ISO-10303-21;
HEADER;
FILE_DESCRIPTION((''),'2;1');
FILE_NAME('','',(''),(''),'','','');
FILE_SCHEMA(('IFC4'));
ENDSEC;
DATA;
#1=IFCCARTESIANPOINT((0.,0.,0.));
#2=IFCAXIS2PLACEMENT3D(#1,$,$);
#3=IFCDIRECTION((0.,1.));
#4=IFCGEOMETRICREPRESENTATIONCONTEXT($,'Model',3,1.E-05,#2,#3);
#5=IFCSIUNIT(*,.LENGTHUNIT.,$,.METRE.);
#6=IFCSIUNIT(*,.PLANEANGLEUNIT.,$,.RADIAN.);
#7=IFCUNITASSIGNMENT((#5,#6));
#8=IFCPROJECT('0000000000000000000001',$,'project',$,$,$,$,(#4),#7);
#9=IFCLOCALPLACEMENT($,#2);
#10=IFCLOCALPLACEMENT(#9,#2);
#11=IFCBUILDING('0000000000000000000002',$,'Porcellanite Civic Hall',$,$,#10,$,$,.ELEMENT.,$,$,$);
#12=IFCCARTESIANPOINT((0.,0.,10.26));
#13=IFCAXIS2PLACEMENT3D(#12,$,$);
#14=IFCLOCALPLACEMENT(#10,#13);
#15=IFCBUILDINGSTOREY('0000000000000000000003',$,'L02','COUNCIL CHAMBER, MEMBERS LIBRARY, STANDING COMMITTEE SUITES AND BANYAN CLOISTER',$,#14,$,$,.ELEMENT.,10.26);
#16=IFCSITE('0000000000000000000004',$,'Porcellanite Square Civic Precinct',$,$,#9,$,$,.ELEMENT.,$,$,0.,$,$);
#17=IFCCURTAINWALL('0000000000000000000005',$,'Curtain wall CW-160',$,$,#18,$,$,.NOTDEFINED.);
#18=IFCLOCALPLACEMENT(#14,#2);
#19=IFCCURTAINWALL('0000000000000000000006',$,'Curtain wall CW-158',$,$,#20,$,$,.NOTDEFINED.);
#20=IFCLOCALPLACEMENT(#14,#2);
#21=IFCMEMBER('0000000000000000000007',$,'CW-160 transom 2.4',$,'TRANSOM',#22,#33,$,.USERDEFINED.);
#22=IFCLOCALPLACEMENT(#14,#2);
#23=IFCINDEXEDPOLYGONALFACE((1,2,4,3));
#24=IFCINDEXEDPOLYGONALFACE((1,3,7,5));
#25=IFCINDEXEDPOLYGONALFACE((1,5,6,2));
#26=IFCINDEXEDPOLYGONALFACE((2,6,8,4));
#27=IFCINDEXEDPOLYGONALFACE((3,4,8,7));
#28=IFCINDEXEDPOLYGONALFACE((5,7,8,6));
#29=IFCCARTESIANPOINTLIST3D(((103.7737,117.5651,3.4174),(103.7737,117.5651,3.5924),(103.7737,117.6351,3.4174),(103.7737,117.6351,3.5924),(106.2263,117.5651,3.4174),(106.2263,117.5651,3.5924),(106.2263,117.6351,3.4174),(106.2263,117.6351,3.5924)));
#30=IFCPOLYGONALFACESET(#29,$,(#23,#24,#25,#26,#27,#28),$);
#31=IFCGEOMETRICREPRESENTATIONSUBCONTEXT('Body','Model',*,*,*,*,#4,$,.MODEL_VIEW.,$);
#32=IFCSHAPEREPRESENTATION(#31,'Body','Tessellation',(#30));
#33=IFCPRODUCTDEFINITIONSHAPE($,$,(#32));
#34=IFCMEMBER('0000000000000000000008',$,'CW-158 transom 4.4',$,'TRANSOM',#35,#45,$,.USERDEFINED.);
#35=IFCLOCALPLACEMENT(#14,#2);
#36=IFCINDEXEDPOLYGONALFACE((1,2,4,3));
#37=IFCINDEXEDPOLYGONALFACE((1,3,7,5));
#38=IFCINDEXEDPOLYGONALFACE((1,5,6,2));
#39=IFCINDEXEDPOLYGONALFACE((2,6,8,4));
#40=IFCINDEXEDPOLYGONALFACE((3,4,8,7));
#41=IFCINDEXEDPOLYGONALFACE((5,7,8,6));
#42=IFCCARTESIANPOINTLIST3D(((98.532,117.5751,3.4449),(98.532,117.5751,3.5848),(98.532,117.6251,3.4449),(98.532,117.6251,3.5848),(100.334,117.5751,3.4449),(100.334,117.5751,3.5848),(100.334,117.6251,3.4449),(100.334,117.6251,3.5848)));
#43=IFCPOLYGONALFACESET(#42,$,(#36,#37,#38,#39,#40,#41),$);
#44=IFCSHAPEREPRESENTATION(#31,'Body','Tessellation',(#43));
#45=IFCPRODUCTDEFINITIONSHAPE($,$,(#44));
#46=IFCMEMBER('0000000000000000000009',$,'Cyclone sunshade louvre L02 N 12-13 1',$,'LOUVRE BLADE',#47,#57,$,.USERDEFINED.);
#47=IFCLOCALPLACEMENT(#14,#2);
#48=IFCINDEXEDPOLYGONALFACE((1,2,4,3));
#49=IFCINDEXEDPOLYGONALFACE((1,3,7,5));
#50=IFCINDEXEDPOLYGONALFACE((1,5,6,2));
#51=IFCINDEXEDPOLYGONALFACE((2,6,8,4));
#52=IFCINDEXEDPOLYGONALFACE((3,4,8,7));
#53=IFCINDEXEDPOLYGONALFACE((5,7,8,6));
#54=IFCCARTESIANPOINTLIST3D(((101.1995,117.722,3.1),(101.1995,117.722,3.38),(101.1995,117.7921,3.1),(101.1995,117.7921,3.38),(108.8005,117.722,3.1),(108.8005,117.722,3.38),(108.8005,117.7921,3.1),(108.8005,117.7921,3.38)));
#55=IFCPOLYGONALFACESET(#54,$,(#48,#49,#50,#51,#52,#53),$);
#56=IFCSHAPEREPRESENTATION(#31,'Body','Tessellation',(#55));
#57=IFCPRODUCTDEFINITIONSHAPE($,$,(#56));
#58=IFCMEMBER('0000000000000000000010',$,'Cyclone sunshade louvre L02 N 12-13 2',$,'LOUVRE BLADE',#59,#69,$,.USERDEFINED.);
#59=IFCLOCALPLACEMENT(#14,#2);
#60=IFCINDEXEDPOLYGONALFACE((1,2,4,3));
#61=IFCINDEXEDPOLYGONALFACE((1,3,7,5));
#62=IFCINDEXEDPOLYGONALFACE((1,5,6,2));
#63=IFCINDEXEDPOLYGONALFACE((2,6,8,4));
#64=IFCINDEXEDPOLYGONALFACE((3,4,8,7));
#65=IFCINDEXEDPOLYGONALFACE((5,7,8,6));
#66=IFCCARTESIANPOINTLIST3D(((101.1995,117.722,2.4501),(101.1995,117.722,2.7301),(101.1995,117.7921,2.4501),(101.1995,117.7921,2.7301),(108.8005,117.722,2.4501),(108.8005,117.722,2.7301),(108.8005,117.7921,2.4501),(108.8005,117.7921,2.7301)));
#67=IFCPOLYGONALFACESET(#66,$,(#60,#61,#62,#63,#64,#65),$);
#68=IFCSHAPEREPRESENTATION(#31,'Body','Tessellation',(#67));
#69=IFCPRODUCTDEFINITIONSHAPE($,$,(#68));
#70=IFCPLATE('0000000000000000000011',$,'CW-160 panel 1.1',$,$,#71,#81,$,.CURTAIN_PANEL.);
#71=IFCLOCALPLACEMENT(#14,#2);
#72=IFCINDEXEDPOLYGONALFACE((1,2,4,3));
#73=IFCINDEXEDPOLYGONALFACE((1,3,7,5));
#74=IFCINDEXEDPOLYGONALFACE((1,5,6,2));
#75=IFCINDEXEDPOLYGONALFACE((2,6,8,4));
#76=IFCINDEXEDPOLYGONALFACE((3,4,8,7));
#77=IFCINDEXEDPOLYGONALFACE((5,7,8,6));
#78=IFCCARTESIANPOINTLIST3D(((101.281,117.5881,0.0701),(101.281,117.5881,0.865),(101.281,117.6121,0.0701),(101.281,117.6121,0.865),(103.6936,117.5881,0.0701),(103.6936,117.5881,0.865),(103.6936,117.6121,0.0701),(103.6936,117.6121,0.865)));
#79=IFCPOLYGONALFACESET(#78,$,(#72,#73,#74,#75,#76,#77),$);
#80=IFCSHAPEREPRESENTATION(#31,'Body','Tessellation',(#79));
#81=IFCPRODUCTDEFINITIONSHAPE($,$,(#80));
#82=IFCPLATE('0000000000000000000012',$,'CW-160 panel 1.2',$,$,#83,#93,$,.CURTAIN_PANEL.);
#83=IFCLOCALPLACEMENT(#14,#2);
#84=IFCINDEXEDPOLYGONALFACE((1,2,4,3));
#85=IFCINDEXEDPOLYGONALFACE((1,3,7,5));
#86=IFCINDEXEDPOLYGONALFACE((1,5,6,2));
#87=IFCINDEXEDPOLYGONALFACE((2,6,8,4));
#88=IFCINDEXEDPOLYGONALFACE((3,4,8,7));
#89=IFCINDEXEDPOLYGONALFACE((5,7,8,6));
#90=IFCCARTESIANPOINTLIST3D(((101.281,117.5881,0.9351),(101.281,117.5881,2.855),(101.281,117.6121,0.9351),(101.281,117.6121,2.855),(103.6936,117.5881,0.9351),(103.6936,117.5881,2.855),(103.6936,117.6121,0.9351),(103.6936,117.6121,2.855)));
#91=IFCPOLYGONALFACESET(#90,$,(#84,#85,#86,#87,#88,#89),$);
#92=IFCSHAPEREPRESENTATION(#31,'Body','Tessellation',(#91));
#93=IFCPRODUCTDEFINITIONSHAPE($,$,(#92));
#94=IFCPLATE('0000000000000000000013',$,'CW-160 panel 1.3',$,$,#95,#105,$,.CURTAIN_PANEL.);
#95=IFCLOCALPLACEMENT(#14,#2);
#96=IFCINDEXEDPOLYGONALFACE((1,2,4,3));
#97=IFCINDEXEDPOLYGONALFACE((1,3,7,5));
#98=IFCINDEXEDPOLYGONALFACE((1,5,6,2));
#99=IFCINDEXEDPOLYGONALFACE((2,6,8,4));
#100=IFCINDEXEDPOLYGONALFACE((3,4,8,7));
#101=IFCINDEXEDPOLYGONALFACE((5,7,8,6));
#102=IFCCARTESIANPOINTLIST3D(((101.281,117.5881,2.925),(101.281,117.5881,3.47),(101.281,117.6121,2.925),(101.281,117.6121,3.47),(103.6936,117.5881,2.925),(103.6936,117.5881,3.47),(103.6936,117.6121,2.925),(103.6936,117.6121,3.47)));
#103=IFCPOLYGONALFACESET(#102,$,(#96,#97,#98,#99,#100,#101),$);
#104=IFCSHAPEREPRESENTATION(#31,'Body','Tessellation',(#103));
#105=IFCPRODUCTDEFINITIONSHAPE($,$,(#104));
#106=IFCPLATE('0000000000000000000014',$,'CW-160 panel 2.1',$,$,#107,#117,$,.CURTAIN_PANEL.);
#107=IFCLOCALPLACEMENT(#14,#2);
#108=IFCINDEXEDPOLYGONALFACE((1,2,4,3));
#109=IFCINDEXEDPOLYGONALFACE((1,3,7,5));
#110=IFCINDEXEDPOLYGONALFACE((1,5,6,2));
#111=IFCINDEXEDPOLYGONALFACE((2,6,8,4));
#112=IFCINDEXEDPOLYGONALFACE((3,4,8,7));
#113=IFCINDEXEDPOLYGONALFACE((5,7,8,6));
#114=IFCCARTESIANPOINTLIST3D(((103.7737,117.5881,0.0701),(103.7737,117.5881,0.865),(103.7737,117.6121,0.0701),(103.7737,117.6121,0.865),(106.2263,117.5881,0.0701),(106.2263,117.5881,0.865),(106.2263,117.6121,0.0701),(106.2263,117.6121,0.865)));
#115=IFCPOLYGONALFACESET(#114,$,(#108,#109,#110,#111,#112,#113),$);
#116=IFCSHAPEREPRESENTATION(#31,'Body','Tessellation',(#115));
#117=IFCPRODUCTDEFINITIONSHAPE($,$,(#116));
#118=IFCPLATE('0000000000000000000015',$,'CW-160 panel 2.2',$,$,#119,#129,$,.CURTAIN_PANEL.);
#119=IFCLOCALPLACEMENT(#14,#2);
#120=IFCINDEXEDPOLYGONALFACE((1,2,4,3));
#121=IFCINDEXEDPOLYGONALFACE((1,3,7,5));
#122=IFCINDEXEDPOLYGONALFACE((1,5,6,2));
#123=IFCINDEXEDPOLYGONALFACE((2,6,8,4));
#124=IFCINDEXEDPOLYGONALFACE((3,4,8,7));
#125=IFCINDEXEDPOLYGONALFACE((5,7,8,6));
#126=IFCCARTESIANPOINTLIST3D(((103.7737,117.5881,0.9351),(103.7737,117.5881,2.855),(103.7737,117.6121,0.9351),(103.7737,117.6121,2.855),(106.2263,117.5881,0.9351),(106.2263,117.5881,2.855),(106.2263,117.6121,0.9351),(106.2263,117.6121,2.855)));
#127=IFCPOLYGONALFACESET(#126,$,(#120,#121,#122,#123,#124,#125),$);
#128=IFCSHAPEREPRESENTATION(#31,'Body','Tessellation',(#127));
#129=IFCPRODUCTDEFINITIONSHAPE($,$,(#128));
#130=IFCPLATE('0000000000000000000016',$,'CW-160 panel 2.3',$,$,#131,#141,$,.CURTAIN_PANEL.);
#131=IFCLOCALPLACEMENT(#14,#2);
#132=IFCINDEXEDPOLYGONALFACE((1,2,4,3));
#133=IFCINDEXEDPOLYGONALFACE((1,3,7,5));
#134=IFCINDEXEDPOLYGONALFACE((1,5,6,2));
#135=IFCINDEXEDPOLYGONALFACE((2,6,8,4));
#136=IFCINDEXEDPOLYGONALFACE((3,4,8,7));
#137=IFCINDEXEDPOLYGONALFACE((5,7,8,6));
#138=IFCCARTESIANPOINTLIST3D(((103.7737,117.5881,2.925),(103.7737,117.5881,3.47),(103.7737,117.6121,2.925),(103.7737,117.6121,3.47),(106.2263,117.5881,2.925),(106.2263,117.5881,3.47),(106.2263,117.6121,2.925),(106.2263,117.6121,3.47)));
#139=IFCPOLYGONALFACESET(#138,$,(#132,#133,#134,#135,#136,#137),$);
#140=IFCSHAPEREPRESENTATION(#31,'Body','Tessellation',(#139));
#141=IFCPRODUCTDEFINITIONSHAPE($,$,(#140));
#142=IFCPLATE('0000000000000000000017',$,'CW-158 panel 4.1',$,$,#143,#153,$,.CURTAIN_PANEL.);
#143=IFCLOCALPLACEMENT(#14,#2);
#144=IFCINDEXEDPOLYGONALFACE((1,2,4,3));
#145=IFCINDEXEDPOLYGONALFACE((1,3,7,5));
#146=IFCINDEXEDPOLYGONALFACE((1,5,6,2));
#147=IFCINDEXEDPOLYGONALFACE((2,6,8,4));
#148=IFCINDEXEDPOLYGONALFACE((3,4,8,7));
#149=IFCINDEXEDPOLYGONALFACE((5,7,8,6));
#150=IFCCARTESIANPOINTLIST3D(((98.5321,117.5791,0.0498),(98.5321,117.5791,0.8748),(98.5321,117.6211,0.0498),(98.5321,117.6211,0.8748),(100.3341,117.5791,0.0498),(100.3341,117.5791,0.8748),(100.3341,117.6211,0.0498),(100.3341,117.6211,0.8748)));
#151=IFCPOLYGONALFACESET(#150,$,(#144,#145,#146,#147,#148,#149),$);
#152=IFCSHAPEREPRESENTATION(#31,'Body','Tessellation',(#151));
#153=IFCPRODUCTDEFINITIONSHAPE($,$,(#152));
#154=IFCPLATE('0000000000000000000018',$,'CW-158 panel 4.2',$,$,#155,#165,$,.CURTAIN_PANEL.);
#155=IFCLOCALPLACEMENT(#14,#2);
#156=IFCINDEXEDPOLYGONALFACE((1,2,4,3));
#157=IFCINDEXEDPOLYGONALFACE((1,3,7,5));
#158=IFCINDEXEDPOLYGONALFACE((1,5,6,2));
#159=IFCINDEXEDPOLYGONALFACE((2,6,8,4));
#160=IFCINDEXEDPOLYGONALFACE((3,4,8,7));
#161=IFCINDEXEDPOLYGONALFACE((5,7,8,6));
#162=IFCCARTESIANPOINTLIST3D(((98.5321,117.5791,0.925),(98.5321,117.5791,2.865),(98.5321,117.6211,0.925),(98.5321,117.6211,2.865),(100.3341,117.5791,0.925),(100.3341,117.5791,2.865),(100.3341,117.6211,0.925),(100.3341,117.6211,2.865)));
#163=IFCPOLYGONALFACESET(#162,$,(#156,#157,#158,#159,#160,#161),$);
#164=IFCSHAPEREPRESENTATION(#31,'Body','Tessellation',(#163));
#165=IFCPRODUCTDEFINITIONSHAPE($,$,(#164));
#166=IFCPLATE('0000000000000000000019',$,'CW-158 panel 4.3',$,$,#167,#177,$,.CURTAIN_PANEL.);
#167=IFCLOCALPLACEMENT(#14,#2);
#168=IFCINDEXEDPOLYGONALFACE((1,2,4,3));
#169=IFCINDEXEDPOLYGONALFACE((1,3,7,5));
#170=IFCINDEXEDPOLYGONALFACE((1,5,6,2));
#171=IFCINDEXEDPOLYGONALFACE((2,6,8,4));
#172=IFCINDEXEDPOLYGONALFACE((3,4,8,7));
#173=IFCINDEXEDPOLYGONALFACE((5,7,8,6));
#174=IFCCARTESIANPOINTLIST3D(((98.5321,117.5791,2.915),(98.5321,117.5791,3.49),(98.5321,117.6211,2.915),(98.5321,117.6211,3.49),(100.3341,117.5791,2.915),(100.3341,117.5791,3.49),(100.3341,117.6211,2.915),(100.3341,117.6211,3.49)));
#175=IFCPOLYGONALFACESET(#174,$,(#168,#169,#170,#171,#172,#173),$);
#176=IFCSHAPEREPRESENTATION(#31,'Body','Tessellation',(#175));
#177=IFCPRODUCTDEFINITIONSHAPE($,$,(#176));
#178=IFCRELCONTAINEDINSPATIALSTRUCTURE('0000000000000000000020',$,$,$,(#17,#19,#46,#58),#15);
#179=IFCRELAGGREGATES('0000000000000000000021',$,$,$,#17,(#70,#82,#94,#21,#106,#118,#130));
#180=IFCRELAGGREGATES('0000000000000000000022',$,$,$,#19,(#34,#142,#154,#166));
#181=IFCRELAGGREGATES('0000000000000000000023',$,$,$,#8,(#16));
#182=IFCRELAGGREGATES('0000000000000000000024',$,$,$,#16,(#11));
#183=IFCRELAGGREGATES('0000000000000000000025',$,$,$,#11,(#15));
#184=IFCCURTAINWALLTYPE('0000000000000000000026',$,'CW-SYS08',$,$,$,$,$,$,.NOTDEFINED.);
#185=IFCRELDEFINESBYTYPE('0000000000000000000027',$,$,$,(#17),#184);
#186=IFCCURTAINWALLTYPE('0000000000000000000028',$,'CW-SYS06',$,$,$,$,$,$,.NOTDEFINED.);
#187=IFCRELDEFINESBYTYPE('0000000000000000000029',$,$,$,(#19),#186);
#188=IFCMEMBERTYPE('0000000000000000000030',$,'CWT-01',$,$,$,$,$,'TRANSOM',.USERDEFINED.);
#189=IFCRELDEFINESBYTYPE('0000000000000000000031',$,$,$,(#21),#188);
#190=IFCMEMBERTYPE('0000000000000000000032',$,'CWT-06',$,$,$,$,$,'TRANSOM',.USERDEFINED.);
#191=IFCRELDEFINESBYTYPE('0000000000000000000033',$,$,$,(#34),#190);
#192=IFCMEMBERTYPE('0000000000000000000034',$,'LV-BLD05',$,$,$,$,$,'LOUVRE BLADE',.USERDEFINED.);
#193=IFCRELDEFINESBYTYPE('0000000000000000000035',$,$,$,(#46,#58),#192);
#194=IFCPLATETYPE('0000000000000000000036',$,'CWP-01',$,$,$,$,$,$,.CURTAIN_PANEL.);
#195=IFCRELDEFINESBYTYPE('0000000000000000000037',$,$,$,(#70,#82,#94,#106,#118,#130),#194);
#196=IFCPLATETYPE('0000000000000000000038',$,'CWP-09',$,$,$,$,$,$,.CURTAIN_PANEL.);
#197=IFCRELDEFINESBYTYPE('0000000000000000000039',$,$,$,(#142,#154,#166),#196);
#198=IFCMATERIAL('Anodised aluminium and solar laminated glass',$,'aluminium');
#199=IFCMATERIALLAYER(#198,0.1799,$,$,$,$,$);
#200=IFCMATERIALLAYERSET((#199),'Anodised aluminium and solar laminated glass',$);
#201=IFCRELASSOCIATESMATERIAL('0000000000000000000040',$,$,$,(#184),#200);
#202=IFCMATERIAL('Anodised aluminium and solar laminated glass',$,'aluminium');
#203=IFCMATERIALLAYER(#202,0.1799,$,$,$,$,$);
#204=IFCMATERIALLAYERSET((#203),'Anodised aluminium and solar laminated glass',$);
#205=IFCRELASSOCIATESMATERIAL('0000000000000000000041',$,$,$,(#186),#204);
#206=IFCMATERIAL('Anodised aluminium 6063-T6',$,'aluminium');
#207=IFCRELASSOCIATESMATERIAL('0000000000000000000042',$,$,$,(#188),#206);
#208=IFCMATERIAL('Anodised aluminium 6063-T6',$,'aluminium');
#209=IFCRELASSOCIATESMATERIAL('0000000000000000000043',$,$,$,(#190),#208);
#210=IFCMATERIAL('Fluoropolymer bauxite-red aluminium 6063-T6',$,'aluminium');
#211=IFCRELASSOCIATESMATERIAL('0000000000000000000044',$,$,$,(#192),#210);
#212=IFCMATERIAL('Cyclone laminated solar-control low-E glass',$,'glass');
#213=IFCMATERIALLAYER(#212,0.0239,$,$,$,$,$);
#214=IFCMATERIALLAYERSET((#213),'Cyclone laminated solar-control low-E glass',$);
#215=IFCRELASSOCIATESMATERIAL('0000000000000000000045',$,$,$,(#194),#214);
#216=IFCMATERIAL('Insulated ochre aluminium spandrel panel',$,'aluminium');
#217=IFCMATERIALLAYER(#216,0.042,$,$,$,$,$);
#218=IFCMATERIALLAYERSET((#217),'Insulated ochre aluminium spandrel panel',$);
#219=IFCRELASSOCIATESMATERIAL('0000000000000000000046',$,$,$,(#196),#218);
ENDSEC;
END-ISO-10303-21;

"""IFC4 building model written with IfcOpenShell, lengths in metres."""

from ifc_helpers import new_model, si_unit, direction, frame, origin, origin_2d, place, context, subcontext, project, spatial, rectangle, extrude, material, layer, layer_set, material_profile, profile_set, type_object, element, aggregate, save


model = new_model("IFC4")

# Units and contexts
model_context = context("Model", 3, precision=1e-05, world=origin(), true_north=direction((0.0, 1.0)))
body_context = subcontext(model_context, "Body", "Model", "MODEL_VIEW")
ifc_project = project(units=[si_unit("LENGTHUNIT", "METRE"), si_unit("PLANEANGLEUNIT", "RADIAN")], contexts=[model_context])

# Site, building, storey
site_placement = place(None, origin())
site = spatial("IfcSite", under=ifc_project, at=site_placement, Name="Porcellanite Square Civic Precinct", CompositionType="ELEMENT", RefElevation=0.0)
building_placement = place(site_placement, origin())
building = spatial("IfcBuilding", under=site, at=building_placement, Name="Porcellanite Civic Hall", CompositionType="ELEMENT")
storey_placement = place(building_placement, frame((0.0, 0.0, 10.26)))
storey = spatial("IfcBuildingStorey", under=building, at=storey_placement, Name="L02", Description="COUNCIL CHAMBER, MEMBERS LIBRARY, STANDING COMMITTEE SUITES AND BANYAN CLOISTER", CompositionType="ELEMENT", Elevation=10.26)

# Curtain wall
ifc_material_1 = material(Name="Anodised aluminium and solar laminated glass", Category="aluminium")
ifc_layer_1 = layer(ifc_material_1, 0.1799)
ifc_layer_set_1 = layer_set([ifc_layer_1], Name="Anodised aluminium and solar laminated glass")
curtain_wall_type_1 = type_object("IfcCurtainWallType", Name="CW-SYS08", PredefinedType="NOTDEFINED", material=ifc_layer_set_1)
curtain_wall_1_placement = place(storey_placement, origin())
curtain_wall_1 = element("IfcCurtainWall", 1, at=curtain_wall_1_placement, inside=storey, type_object=curtain_wall_type_1, Name="Curtain wall CW-160", PredefinedType="NOTDEFINED")

# Curtain wall
ifc_material_2 = material(Name="Anodised aluminium and solar laminated glass", Category="aluminium")
ifc_layer_2 = layer(ifc_material_2, 0.1799)
ifc_layer_set_2 = layer_set([ifc_layer_2], Name="Anodised aluminium and solar laminated glass")
curtain_wall_type_2 = type_object("IfcCurtainWallType", Name="CW-SYS06", PredefinedType="NOTDEFINED", material=ifc_layer_set_2)
curtain_wall_2_placement = place(storey_placement, origin())
curtain_wall_2 = element("IfcCurtainWall", 2, at=curtain_wall_2_placement, inside=storey, type_object=curtain_wall_type_2, Name="Curtain wall CW-158", PredefinedType="NOTDEFINED")

# Members
ifc_material_3 = material(Name="Anodised aluminium 6063-T6", Category="aluminium")
ifc_material_profile_1 = material_profile(ifc_material_3, rectangle(XDim=0.0701, YDim=0.175, at=origin_2d()), Name="AL-70x175")
ifc_profile_set_1 = profile_set([ifc_material_profile_1], Name="Anodised aluminium 6063-T6")
member_type_1 = type_object("IfcMemberType", Name="CWT-01", ElementType="TRANSOM", PredefinedType="USERDEFINED", material=ifc_profile_set_1)
member_1_placement = place(storey_placement, frame((103.7737, 117.6001, 3.5049), z_axis=(1.0, 0.0, 0.0), x_axis=(0.0, 1.0, 0.0)))
member_1 = element("IfcMember", 3, at=member_1_placement, type_object=member_type_1, Name="CW-160 transom 2.4", ObjectType="TRANSOM", PredefinedType="USERDEFINED", context=body_context, shape_type="SweptSolid", body=[
    extrude(rectangle(XDim=0.0701, YDim=0.175, at=origin_2d()), origin(), (0.0, 0.0, 1.0), 2.4526),
])
ifc_material_4 = material(Name="Anodised aluminium 6063-T6", Category="aluminium")
ifc_material_profile_2 = material_profile(ifc_material_4, rectangle(XDim=0.05, YDim=0.1399, at=origin_2d()), Name="AL-50x140")
ifc_profile_set_2 = profile_set([ifc_material_profile_2], Name="Anodised aluminium 6063-T6")
member_type_2 = type_object("IfcMemberType", Name="CWT-06", ElementType="TRANSOM", PredefinedType="USERDEFINED", material=ifc_profile_set_2)
member_2_placement = place(storey_placement, frame((98.532, 117.6001, 3.5149), z_axis=(1.0, 0.0, 0.0), x_axis=(0.0, 1.0, 0.0)))
member_2 = element("IfcMember", 4, at=member_2_placement, type_object=member_type_2, Name="CW-158 transom 4.4", ObjectType="TRANSOM", PredefinedType="USERDEFINED", context=body_context, shape_type="SweptSolid", body=[
    extrude(rectangle(XDim=0.05, YDim=0.1399, at=origin_2d()), origin(), (0.0, 0.0, 1.0), 1.802),
])

# Members
ifc_material_5 = material(Name="Fluoropolymer bauxite-red aluminium 6063-T6", Category="aluminium")
ifc_material_profile_3 = material_profile(ifc_material_5, rectangle(XDim=0.0701, YDim=0.28, at=origin_2d()), Name="AL-70x280")
ifc_profile_set_3 = profile_set([ifc_material_profile_3], Name="Fluoropolymer bauxite-red aluminium 6063-T6")
member_type_3 = type_object("IfcMemberType", Name="LV-BLD05", ElementType="LOUVRE BLADE", PredefinedType="USERDEFINED", material=ifc_profile_set_3)
for number, where, z_axis, x_axis, name in (
    (5, (101.1995, 117.7571, 3.24), (1.0, 0.0, 0.0), (0.0, 1.0, 0.0), "Cyclone sunshade louvre L02 N 12-13 1"),
    (6, (101.1995, 117.7571, 2.5901), (1.0, 0.0, 0.0), (0.0, 1.0, 0.0), "Cyclone sunshade louvre L02 N 12-13 2"),
):
    element("IfcMember", number, at=place(storey_placement, frame(where, z_axis=z_axis, x_axis=x_axis)), inside=storey, type_object=member_type_3, Name=name, ObjectType="LOUVRE BLADE", PredefinedType="USERDEFINED", context=body_context, shape_type="SweptSolid", body=[
        extrude(rectangle(XDim=0.0701, YDim=0.28, at=origin_2d()), origin(), (0.0, 0.0, 1.0), 7.6011),
    ])

# Plates
ifc_material_6 = material(Name="Cyclone laminated solar-control low-E glass", Category="glass")
ifc_layer_3 = layer(ifc_material_6, 0.0239)
ifc_layer_set_3 = layer_set([ifc_layer_3], Name="Cyclone laminated solar-control low-E glass")
plate_type_1 = type_object("IfcPlateType", Name="CWP-01", PredefinedType="CURTAIN_PANEL", material=ifc_layer_set_3)
plate_1_placement = place(storey_placement, frame((102.4873, 117.6001, 0.0701), z_axis=(0.0, 0.0, 1.0), x_axis=(1.0, 0.0, 0.0)))
plate_1 = element("IfcPlate", 7, at=plate_1_placement, type_object=plate_type_1, Name="CW-160 panel 1.1", PredefinedType="CURTAIN_PANEL", context=body_context, shape_type="SweptSolid", body=[
    extrude(rectangle(XDim=2.4126, YDim=0.0239, at=origin_2d()), origin(), (0.0, 0.0, 1.0), 0.7949),
])
plate_2_placement = place(storey_placement, frame((102.4873, 117.6001, 0.9351), z_axis=(0.0, 0.0, 1.0), x_axis=(1.0, 0.0, 0.0)))
plate_2 = element("IfcPlate", 8, at=plate_2_placement, type_object=plate_type_1, Name="CW-160 panel 1.2", PredefinedType="CURTAIN_PANEL", context=body_context, shape_type="SweptSolid", body=[
    extrude(rectangle(XDim=2.4126, YDim=0.0239, at=origin_2d()), origin(), (0.0, 0.0, 1.0), 1.9199),
])
plate_3_placement = place(storey_placement, frame((102.4873, 117.6001, 2.925), z_axis=(0.0, 0.0, 1.0), x_axis=(1.0, 0.0, 0.0)))
plate_3 = element("IfcPlate", 9, at=plate_3_placement, type_object=plate_type_1, Name="CW-160 panel 1.3", PredefinedType="CURTAIN_PANEL", context=body_context, shape_type="SweptSolid", body=[
    extrude(rectangle(XDim=2.4126, YDim=0.0239, at=origin_2d()), origin(), (0.0, 0.0, 1.0), 0.5449),
])
plate_4_placement = place(storey_placement, frame((105.0, 117.6001, 0.0701), z_axis=(0.0, 0.0, 1.0), x_axis=(1.0, 0.0, 0.0)))
plate_4 = element("IfcPlate", 10, at=plate_4_placement, type_object=plate_type_1, Name="CW-160 panel 2.1", PredefinedType="CURTAIN_PANEL", context=body_context, shape_type="SweptSolid", body=[
    extrude(rectangle(XDim=2.4526, YDim=0.0239, at=origin_2d()), origin(), (0.0, 0.0, 1.0), 0.7949),
])
plate_5_placement = place(storey_placement, frame((105.0, 117.6001, 0.9351), z_axis=(0.0, 0.0, 1.0), x_axis=(1.0, 0.0, 0.0)))
plate_5 = element("IfcPlate", 11, at=plate_5_placement, type_object=plate_type_1, Name="CW-160 panel 2.2", PredefinedType="CURTAIN_PANEL", context=body_context, shape_type="SweptSolid", body=[
    extrude(rectangle(XDim=2.4526, YDim=0.0239, at=origin_2d()), origin(), (0.0, 0.0, 1.0), 1.9199),
])
plate_6_placement = place(storey_placement, frame((105.0, 117.6001, 2.925), z_axis=(0.0, 0.0, 1.0), x_axis=(1.0, 0.0, 0.0)))
plate_6 = element("IfcPlate", 12, at=plate_6_placement, type_object=plate_type_1, Name="CW-160 panel 2.3", PredefinedType="CURTAIN_PANEL", context=body_context, shape_type="SweptSolid", body=[
    extrude(rectangle(XDim=2.4526, YDim=0.0239, at=origin_2d()), origin(), (0.0, 0.0, 1.0), 0.5449),
])
aggregate(curtain_wall_1, [plate_1, plate_2, plate_3, member_1, plate_4, plate_5, plate_6])
ifc_material_7 = material(Name="Insulated ochre aluminium spandrel panel", Category="aluminium")
ifc_layer_4 = layer(ifc_material_7, 0.042)
ifc_layer_set_4 = layer_set([ifc_layer_4], Name="Insulated ochre aluminium spandrel panel")
plate_type_2 = type_object("IfcPlateType", Name="CWP-09", PredefinedType="CURTAIN_PANEL", material=ifc_layer_set_4)
plate_7_placement = place(storey_placement, frame((99.4331, 117.6001, 0.0498), z_axis=(0.0, 0.0, 1.0), x_axis=(1.0, 0.0, 0.0)))
plate_7 = element("IfcPlate", 13, at=plate_7_placement, type_object=plate_type_2, Name="CW-158 panel 4.1", PredefinedType="CURTAIN_PANEL", context=body_context, shape_type="SweptSolid", body=[
    extrude(rectangle(XDim=1.802, YDim=0.042, at=origin_2d()), origin(), (0.0, 0.0, 1.0), 0.825),
])
plate_8_placement = place(storey_placement, frame((99.4331, 117.6001, 0.925), z_axis=(0.0, 0.0, 1.0), x_axis=(1.0, 0.0, 0.0)))
plate_8 = element("IfcPlate", 14, at=plate_8_placement, type_object=plate_type_2, Name="CW-158 panel 4.2", PredefinedType="CURTAIN_PANEL", context=body_context, shape_type="SweptSolid", body=[
    extrude(rectangle(XDim=1.802, YDim=0.042, at=origin_2d()), origin(), (0.0, 0.0, 1.0), 1.9399),
])
plate_9_placement = place(storey_placement, frame((99.4331, 117.6001, 2.915), z_axis=(0.0, 0.0, 1.0), x_axis=(1.0, 0.0, 0.0)))
plate_9 = element("IfcPlate", 15, at=plate_9_placement, type_object=plate_type_2, Name="CW-158 panel 4.3", PredefinedType="CURTAIN_PANEL", context=body_context, shape_type="SweptSolid", body=[
    extrude(rectangle(XDim=1.802, YDim=0.042, at=origin_2d()), origin(), (0.0, 0.0, 1.0), 0.575),
])
aggregate(curtain_wall_2, [member_2, plate_7, plate_8, plate_9])

save(model, "model.ifc")
